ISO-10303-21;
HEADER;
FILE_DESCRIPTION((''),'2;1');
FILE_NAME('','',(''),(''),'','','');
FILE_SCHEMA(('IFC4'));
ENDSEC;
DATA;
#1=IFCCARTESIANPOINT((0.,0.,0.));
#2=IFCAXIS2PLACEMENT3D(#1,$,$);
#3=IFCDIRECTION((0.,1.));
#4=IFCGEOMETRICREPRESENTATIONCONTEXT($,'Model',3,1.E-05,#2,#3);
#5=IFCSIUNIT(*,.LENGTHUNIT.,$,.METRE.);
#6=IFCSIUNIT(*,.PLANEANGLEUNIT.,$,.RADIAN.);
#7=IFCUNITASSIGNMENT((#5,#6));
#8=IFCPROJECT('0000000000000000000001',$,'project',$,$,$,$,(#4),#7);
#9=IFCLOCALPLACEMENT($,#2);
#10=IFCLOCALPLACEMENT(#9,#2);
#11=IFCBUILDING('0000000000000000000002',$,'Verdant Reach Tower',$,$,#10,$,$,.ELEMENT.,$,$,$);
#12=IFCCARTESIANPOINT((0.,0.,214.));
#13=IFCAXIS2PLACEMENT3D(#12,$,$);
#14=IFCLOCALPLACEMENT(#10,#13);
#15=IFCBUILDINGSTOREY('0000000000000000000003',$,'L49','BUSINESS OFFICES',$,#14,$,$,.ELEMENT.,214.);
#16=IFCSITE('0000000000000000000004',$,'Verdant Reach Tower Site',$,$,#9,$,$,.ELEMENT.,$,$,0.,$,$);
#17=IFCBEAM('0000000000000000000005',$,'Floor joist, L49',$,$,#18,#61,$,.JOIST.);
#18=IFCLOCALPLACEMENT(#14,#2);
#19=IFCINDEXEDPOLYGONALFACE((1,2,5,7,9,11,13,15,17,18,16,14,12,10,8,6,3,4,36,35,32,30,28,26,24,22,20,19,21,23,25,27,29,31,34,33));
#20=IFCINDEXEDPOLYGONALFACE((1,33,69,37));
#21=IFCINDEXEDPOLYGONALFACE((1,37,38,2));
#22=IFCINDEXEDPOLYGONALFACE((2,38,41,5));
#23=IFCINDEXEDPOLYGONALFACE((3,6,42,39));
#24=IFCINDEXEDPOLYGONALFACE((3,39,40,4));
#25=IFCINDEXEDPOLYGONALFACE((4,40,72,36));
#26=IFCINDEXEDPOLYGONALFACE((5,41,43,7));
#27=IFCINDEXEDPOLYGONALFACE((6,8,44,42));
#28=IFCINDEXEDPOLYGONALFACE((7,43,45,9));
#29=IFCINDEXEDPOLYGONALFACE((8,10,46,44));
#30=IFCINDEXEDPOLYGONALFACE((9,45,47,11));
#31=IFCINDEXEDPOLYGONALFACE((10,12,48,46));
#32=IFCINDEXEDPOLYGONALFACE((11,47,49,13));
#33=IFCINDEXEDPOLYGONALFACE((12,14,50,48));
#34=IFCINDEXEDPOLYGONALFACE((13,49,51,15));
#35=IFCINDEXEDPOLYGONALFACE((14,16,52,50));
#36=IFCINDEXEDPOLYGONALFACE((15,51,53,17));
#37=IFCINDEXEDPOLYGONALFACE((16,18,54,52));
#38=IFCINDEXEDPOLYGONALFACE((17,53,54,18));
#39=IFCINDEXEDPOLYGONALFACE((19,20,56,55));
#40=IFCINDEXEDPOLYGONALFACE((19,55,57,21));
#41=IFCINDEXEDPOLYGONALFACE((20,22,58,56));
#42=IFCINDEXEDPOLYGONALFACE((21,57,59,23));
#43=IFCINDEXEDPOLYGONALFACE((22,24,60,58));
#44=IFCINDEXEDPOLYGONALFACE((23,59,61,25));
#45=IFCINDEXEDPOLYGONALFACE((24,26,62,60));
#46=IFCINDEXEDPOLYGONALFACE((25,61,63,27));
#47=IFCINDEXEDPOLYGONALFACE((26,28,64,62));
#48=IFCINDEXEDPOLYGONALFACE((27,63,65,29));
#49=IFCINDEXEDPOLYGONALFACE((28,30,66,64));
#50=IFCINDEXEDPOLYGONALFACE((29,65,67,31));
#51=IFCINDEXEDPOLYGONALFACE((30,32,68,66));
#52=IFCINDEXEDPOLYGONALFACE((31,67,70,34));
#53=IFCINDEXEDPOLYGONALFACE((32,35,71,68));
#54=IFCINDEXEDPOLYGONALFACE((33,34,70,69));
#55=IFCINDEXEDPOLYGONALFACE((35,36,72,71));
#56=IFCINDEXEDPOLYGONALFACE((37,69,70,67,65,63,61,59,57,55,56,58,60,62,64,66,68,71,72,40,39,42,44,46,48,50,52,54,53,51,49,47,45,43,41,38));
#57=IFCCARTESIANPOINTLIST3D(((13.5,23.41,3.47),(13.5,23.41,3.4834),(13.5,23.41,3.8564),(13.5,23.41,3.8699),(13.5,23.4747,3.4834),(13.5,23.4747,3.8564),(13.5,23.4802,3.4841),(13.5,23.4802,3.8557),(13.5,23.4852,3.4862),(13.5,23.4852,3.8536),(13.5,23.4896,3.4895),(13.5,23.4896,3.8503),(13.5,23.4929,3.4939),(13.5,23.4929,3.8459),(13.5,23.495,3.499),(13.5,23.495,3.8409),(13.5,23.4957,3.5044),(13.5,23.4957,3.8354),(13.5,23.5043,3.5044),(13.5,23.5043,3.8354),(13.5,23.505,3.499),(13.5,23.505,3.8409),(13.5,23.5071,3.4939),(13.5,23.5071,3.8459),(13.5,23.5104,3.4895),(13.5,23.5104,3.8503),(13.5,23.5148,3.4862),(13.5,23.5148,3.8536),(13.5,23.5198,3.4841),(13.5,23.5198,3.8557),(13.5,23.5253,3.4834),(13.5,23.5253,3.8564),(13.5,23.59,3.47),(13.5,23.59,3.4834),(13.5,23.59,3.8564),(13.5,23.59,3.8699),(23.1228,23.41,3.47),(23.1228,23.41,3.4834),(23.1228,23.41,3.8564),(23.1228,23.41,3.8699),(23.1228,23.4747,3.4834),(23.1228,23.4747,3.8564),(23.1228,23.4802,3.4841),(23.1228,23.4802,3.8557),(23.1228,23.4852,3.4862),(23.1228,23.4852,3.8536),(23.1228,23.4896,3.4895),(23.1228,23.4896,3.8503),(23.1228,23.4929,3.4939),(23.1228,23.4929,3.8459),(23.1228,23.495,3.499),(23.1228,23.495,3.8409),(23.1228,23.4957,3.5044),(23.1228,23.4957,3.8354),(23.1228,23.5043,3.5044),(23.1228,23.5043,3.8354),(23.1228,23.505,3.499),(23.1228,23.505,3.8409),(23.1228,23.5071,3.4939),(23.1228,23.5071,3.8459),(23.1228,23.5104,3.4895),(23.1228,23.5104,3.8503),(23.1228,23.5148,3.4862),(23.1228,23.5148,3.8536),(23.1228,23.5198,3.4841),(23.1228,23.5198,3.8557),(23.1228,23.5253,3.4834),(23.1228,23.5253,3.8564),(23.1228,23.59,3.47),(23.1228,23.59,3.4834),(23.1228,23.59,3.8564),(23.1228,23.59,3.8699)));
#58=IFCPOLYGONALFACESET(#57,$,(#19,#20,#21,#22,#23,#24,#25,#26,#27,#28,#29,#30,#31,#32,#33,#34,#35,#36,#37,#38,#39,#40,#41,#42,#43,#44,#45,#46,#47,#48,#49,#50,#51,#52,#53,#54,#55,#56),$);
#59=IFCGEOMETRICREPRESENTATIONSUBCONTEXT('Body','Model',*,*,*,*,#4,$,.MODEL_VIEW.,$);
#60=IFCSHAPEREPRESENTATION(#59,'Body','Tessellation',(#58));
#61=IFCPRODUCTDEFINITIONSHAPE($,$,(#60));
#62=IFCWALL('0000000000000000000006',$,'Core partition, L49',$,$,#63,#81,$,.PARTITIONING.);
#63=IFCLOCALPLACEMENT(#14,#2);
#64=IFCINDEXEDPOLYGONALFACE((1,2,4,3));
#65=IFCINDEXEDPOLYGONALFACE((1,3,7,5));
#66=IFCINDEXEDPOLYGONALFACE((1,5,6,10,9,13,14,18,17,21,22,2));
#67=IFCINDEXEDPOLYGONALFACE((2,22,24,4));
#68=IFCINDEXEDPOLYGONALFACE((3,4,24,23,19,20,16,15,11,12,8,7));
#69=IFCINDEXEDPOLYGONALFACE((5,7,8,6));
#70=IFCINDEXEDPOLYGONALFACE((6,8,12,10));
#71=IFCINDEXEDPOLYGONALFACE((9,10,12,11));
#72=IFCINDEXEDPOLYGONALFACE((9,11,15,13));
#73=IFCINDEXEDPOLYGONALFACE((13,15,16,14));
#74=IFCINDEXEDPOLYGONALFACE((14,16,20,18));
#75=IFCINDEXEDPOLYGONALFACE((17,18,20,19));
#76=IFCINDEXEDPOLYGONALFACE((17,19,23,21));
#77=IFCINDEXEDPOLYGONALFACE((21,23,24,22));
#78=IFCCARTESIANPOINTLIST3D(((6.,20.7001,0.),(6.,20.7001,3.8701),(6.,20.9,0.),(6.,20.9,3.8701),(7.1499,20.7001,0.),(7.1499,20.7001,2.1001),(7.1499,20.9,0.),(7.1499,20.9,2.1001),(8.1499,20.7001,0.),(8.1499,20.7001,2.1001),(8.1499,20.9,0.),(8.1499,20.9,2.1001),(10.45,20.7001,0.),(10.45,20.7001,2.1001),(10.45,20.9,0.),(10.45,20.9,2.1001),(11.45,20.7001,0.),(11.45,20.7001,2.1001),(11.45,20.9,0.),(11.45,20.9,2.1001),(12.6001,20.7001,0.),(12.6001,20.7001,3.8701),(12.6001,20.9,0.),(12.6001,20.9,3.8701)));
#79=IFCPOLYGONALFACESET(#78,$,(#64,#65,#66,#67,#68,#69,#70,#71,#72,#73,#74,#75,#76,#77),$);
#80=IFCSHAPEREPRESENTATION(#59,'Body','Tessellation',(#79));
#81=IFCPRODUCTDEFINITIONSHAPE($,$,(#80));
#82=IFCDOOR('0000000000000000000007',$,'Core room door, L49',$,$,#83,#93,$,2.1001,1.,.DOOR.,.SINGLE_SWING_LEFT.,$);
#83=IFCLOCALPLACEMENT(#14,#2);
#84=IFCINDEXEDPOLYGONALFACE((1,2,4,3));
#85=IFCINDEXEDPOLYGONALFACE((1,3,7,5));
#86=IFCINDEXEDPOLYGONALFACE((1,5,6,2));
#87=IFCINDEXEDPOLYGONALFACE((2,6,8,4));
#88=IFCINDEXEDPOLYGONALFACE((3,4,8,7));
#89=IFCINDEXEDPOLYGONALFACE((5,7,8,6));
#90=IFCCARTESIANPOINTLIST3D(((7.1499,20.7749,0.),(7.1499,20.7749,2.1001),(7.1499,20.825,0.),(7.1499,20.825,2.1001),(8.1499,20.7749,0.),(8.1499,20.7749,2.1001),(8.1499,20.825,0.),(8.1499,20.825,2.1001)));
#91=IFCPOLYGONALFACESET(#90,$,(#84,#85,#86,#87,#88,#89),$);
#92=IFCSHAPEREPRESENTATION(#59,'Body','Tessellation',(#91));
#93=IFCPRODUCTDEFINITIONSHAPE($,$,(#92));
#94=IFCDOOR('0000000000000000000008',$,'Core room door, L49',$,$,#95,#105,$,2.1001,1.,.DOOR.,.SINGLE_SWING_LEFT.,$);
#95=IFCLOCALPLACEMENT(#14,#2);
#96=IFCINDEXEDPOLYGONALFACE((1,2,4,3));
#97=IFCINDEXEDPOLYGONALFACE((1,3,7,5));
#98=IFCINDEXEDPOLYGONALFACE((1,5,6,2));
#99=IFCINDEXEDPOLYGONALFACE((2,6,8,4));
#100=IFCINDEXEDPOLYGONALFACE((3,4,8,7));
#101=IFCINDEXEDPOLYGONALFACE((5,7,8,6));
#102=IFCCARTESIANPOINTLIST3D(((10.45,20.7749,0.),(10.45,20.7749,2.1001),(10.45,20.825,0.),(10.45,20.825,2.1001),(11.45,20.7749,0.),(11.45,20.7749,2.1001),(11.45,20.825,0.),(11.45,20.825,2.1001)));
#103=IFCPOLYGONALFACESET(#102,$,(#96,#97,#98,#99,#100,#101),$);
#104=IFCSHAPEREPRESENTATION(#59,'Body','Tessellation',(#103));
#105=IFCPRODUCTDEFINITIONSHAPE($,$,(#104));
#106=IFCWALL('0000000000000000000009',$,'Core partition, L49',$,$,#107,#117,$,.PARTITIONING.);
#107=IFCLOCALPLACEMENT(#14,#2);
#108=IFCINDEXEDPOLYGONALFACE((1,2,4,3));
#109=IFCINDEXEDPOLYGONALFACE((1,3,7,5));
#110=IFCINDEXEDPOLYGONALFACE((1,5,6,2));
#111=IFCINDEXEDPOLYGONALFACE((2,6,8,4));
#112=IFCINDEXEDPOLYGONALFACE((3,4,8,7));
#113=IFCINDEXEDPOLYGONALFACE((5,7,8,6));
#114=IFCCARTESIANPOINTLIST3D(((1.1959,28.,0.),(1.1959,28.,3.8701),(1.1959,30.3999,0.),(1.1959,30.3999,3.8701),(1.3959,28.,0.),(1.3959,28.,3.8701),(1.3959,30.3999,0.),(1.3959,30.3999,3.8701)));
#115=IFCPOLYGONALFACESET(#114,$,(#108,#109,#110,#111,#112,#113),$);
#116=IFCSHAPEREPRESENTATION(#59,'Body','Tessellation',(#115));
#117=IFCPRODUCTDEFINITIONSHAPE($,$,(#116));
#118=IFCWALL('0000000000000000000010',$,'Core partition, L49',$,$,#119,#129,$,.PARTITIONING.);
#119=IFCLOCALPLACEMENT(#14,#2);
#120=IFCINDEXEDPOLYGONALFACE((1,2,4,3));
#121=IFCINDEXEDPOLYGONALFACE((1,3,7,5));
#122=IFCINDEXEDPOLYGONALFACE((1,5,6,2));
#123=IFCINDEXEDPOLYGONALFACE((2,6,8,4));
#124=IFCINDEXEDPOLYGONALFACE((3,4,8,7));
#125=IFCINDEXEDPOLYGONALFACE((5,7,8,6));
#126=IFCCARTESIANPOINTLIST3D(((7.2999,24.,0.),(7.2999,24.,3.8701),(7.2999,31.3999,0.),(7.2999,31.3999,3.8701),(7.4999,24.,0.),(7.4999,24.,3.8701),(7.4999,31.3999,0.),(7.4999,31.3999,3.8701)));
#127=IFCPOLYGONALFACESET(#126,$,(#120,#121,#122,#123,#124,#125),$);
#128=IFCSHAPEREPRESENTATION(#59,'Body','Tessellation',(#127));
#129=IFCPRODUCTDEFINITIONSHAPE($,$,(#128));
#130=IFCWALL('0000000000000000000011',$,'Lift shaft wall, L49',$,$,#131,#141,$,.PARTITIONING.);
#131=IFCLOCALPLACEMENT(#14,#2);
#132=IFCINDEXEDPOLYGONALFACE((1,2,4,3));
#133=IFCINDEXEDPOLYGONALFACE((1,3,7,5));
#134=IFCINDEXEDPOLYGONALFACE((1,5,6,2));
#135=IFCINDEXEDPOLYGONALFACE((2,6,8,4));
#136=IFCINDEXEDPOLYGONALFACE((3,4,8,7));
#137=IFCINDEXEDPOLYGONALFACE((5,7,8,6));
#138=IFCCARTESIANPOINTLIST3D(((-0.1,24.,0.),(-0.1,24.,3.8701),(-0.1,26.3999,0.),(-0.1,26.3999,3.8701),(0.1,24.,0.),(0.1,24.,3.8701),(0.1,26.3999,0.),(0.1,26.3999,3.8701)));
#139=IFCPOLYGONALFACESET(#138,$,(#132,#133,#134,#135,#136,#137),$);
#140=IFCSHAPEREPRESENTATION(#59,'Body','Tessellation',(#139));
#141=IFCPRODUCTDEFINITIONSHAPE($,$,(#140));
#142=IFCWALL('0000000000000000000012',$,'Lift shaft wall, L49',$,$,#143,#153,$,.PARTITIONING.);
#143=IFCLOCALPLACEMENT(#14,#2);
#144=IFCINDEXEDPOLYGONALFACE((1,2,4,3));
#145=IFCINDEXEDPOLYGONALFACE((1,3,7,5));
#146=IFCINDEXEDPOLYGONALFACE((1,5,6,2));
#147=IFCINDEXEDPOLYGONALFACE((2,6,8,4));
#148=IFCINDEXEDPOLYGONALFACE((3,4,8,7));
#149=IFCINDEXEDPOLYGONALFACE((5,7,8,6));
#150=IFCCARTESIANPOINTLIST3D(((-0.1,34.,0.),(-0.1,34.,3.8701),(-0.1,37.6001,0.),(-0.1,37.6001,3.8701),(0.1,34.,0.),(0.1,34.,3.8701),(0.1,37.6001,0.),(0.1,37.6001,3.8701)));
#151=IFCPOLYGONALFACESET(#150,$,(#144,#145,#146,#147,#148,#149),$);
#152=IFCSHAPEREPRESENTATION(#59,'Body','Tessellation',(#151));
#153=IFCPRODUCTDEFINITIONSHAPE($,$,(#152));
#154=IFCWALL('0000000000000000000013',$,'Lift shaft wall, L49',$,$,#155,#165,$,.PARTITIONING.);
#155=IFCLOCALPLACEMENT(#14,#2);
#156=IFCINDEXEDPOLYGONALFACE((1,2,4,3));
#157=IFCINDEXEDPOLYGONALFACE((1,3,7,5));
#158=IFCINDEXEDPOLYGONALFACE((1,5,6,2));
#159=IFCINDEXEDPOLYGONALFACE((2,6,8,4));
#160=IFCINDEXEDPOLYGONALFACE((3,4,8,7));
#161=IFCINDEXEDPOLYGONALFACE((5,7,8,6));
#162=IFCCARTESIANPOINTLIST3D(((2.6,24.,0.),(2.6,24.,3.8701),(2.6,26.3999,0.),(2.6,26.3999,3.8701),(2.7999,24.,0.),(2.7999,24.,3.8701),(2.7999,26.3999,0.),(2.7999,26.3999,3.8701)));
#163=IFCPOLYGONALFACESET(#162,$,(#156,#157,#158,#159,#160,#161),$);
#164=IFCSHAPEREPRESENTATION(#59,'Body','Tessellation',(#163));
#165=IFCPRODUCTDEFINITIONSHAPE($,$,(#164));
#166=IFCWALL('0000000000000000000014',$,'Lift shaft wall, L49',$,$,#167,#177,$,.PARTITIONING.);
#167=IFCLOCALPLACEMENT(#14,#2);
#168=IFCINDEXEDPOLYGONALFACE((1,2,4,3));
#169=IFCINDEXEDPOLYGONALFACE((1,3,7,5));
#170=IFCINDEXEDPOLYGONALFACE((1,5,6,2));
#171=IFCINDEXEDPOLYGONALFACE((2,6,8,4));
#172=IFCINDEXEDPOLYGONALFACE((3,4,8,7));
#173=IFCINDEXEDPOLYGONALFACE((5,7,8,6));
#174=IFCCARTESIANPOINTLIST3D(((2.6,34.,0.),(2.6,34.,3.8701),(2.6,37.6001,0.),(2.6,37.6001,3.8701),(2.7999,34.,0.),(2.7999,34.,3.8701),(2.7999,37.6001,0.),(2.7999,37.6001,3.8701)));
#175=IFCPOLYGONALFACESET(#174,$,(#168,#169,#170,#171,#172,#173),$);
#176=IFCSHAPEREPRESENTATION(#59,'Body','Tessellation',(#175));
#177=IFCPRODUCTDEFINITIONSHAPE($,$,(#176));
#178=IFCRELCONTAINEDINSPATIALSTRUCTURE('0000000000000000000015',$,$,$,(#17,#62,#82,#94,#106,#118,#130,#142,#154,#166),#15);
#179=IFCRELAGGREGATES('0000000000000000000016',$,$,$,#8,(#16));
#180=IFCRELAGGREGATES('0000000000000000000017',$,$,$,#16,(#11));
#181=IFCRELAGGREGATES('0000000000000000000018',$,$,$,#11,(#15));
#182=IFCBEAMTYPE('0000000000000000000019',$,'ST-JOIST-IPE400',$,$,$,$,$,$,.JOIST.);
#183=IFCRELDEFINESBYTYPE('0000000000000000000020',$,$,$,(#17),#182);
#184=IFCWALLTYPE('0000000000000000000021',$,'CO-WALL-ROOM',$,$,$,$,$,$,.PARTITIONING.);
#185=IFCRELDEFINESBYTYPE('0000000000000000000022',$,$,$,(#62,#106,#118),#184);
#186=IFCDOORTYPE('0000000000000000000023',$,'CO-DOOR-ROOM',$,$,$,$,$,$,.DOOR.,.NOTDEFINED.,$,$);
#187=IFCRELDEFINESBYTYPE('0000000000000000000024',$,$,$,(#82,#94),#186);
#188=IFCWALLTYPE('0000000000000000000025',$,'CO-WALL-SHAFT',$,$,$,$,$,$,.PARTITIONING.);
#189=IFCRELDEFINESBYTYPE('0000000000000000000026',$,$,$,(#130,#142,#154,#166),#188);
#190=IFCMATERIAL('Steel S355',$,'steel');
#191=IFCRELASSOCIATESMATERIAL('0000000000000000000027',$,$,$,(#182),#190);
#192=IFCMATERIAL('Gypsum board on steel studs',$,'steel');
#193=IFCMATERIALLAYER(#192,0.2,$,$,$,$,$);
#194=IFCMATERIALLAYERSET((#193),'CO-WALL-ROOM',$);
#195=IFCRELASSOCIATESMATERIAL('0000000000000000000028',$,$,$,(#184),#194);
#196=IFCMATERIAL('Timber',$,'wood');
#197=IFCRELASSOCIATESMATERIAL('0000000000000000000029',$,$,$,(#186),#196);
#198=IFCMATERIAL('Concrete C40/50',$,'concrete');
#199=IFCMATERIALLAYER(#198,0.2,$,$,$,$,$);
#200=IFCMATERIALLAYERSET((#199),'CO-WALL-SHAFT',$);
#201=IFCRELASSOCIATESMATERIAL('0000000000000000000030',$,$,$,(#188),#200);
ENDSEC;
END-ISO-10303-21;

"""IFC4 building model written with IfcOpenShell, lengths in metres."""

from ifc_helpers import new_model, si_unit, direction, frame, frame_2d, origin, origin_2d, place, context, subcontext, project, spatial, rectangle, i_section, extrude, material, layer, layer_set, material_profile, profile_set, type_object, element, fill, save


model = new_model("IFC4")

# Units and contexts
model_context = context("Model", 3, precision=1e-05, world=origin(), true_north=direction((0.0, 1.0)))
body_context = subcontext(model_context, "Body", "Model", "MODEL_VIEW")
ifc_project = project(units=[si_unit("LENGTHUNIT", "METRE"), si_unit("PLANEANGLEUNIT", "RADIAN")], contexts=[model_context])

# Site, building, storey
site_placement = place(None, origin())
site = spatial("IfcSite", under=ifc_project, at=site_placement, Name="Verdant Reach Tower Site", CompositionType="ELEMENT", RefElevation=0.0)
building_placement = place(site_placement, origin())
building = spatial("IfcBuilding", under=site, at=building_placement, Name="Verdant Reach Tower", CompositionType="ELEMENT")
storey_placement = place(building_placement, frame((0.0, 0.0, 214.0)))
storey = spatial("IfcBuildingStorey", under=building, at=storey_placement, Name="L49", Description="BUSINESS OFFICES", CompositionType="ELEMENT", Elevation=214.0)

# Beam
ifc_material_1 = material(Name="Steel S355", Category="steel")
ifc_material_profile = material_profile(ifc_material_1, i_section(OverallWidth=0.1799, OverallDepth=0.3999, WebThickness=0.0085, FlangeThickness=0.0134, FilletRadius=0.021, at=origin_2d()), Name="IPE 400")
ifc_profile_set = profile_set([ifc_material_profile], Name="Steel S355")
beam_type = type_object("IfcBeamType", Name="ST-JOIST-IPE400", PredefinedType="JOIST", material=ifc_profile_set)
beam_placement = place(storey_placement, frame((13.5, 23.5, 3.6699), z_axis=(1.0, 0.0, 0.0), x_axis=(0.0, 1.0, 0.0)))
element("IfcBeam", 1, at=beam_placement, inside=storey, type_object=beam_type, Name="Floor joist, L49", PredefinedType="JOIST", context=body_context, shape_type="SweptSolid", body=[
    extrude(i_section(OverallWidth=0.1799, OverallDepth=0.3999, WebThickness=0.0085, FlangeThickness=0.0134, FilletRadius=0.021, at=origin_2d()), origin(), (0.0, 0.0, 1.0), 9.6228),
])

# Wall, openings, doors
ifc_material_2 = material(Name="Gypsum board on steel studs", Category="steel")
ifc_layer_1 = layer(ifc_material_2, 0.2)
ifc_layer_set_1 = layer_set([ifc_layer_1], Name="CO-WALL-ROOM")
wall_type_1 = type_object("IfcWallType", Name="CO-WALL-ROOM", PredefinedType="PARTITIONING", material=ifc_layer_set_1)
wall_1_placement = place(storey_placement, frame((6.0, 20.8, 0.0), z_axis=(0.0, 0.0, 1.0), x_axis=(1.0, 0.0, 0.0)))
wall_1 = element("IfcWall", 2, at=wall_1_placement, inside=storey, type_object=wall_type_1, Name="Core partition, L49", PredefinedType="PARTITIONING", context=body_context, shape_type="SweptSolid", body=[
    extrude(rectangle(XDim=6.6001, YDim=0.2, at=frame_2d((3.3, 0.0))), origin(), (0.0, 0.0, 1.0), 3.8701),
])
opening_1_placement = place(wall_1_placement, frame((1.1499, 0.0, 0.0)))
opening_1 = element("IfcOpeningElement", 3, at=opening_1_placement, cuts=wall_1, PredefinedType="OPENING", context=body_context, shape_type="SweptSolid", body=[
    extrude(rectangle(XDim=1.0, YDim=2.1001, at=frame_2d((0.5, 1.05))), frame((0.0, 0.1099, 0.0), z_axis=(0.0, -1.0, 0.0), x_axis=(1.0, 0.0, 0.0)), (0.0, 0.0, 1.0), 0.22),
])
opening_2_placement = place(wall_1_placement, frame((4.45, 0.0, 0.0)))
opening_2 = element("IfcOpeningElement", 4, at=opening_2_placement, cuts=wall_1, PredefinedType="OPENING", context=body_context, shape_type="SweptSolid", body=[
    extrude(rectangle(XDim=1.0, YDim=2.1001, at=frame_2d((0.5, 1.05))), frame((0.0, 0.1099, 0.0), z_axis=(0.0, -1.0, 0.0), x_axis=(1.0, 0.0, 0.0)), (0.0, 0.0, 1.0), 0.22),
])
ifc_material_3 = material(Name="Timber", Category="wood")
door_type_1 = type_object("IfcDoorType", Name="CO-DOOR-ROOM", OperationType="NOTDEFINED", PredefinedType="DOOR", material=ifc_material_3)
door_1_placement = place(opening_1_placement, origin())
door_1 = element("IfcDoor", 5, at=door_1_placement, inside=storey, type_object=door_type_1, Name="Core room door, L49", OperationType="SINGLE_SWING_LEFT", OverallHeight=2.1001, OverallWidth=1.0, PredefinedType="DOOR", context=body_context, shape_type="SweptSolid", body=[
    extrude(rectangle(XDim=1.0, YDim=2.1001, at=frame_2d((0.5, 1.05))), frame((0.0, 0.0249, 0.0), z_axis=(0.0, -1.0, 0.0), x_axis=(1.0, 0.0, 0.0)), (0.0, 0.0, 1.0), 0.05),
])
fill(opening_1, door_1)
door_2_placement = place(opening_2_placement, origin())
door_2 = element("IfcDoor", 6, at=door_2_placement, inside=storey, type_object=door_type_1, Name="Core room door, L49", OperationType="SINGLE_SWING_LEFT", OverallHeight=2.1001, OverallWidth=1.0, PredefinedType="DOOR", context=body_context, shape_type="SweptSolid", body=[
    extrude(rectangle(XDim=1.0, YDim=2.1001, at=frame_2d((0.5, 1.05))), frame((0.0, 0.0249, 0.0), z_axis=(0.0, -1.0, 0.0), x_axis=(1.0, 0.0, 0.0)), (0.0, 0.0, 1.0), 0.05),
])
fill(opening_2, door_2)

# Walls
wall_2_placement = place(storey_placement, frame((1.2959, 28.0, 0.0), z_axis=(0.0, 0.0, 1.0), x_axis=(0.0, 1.0, 0.0)))
element("IfcWall", 7, at=wall_2_placement, inside=storey, type_object=wall_type_1, Name="Core partition, L49", PredefinedType="PARTITIONING", context=body_context, shape_type="SweptSolid", body=[
    extrude(rectangle(XDim=2.3999, YDim=0.2, at=frame_2d((1.2, 0.0))), origin(), (0.0, 0.0, 1.0), 3.8701),
])
wall_3_placement = place(storey_placement, frame((7.3999, 24.0, 0.0), z_axis=(0.0, 0.0, 1.0), x_axis=(0.0, 1.0, 0.0)))
element("IfcWall", 8, at=wall_3_placement, inside=storey, type_object=wall_type_1, Name="Core partition, L49", PredefinedType="PARTITIONING", context=body_context, shape_type="SweptSolid", body=[
    extrude(rectangle(XDim=7.3999, YDim=0.2, at=frame_2d((3.7, 0.0))), origin(), (0.0, 0.0, 1.0), 3.8701),
])
ifc_material_4 = material(Name="Concrete C40/50", Category="concrete")
ifc_layer_2 = layer(ifc_material_4, 0.2)
ifc_layer_set_2 = layer_set([ifc_layer_2], Name="CO-WALL-SHAFT")
wall_type_2 = type_object("IfcWallType", Name="CO-WALL-SHAFT", PredefinedType="PARTITIONING", material=ifc_layer_set_2)
wall_4_placement = place(storey_placement, frame((0.0, 24.0, 0.0), z_axis=(0.0, 0.0, 1.0), x_axis=(0.0, 1.0, 0.0)))
element("IfcWall", 9, at=wall_4_placement, inside=storey, type_object=wall_type_2, Name="Lift shaft wall, L49", PredefinedType="PARTITIONING", context=body_context, shape_type="SweptSolid", body=[
    extrude(rectangle(XDim=2.3999, YDim=0.2, at=frame_2d((1.2, 0.0))), origin(), (0.0, 0.0, 1.0), 3.8701),
])
wall_5_placement = place(storey_placement, frame((0.0, 34.0, 0.0), z_axis=(0.0, 0.0, 1.0), x_axis=(0.0, 1.0, 0.0)))
element("IfcWall", 10, at=wall_5_placement, inside=storey, type_object=wall_type_2, Name="Lift shaft wall, L49", PredefinedType="PARTITIONING", context=body_context, shape_type="SweptSolid", body=[
    extrude(rectangle(XDim=3.6001, YDim=0.2, at=frame_2d((1.8, 0.0))), origin(), (0.0, 0.0, 1.0), 3.8701),
])
wall_6_placement = place(storey_placement, frame((2.7, 24.0, 0.0), z_axis=(0.0, 0.0, 1.0), x_axis=(0.0, 1.0, 0.0)))
element("IfcWall", 11, at=wall_6_placement, inside=storey, type_object=wall_type_2, Name="Lift shaft wall, L49", PredefinedType="PARTITIONING", context=body_context, shape_type="SweptSolid", body=[
    extrude(rectangle(XDim=2.3999, YDim=0.2, at=frame_2d((1.2, 0.0))), origin(), (0.0, 0.0, 1.0), 3.8701),
])
wall_7_placement = place(storey_placement, frame((2.7, 34.0, 0.0), z_axis=(0.0, 0.0, 1.0), x_axis=(0.0, 1.0, 0.0)))
element("IfcWall", 12, at=wall_7_placement, inside=storey, type_object=wall_type_2, Name="Lift shaft wall, L49", PredefinedType="PARTITIONING", context=body_context, shape_type="SweptSolid", body=[
    extrude(rectangle(XDim=3.6001, YDim=0.2, at=frame_2d((1.8, 0.0))), origin(), (0.0, 0.0, 1.0), 3.8701),
])

save(model, "model.ifc")
